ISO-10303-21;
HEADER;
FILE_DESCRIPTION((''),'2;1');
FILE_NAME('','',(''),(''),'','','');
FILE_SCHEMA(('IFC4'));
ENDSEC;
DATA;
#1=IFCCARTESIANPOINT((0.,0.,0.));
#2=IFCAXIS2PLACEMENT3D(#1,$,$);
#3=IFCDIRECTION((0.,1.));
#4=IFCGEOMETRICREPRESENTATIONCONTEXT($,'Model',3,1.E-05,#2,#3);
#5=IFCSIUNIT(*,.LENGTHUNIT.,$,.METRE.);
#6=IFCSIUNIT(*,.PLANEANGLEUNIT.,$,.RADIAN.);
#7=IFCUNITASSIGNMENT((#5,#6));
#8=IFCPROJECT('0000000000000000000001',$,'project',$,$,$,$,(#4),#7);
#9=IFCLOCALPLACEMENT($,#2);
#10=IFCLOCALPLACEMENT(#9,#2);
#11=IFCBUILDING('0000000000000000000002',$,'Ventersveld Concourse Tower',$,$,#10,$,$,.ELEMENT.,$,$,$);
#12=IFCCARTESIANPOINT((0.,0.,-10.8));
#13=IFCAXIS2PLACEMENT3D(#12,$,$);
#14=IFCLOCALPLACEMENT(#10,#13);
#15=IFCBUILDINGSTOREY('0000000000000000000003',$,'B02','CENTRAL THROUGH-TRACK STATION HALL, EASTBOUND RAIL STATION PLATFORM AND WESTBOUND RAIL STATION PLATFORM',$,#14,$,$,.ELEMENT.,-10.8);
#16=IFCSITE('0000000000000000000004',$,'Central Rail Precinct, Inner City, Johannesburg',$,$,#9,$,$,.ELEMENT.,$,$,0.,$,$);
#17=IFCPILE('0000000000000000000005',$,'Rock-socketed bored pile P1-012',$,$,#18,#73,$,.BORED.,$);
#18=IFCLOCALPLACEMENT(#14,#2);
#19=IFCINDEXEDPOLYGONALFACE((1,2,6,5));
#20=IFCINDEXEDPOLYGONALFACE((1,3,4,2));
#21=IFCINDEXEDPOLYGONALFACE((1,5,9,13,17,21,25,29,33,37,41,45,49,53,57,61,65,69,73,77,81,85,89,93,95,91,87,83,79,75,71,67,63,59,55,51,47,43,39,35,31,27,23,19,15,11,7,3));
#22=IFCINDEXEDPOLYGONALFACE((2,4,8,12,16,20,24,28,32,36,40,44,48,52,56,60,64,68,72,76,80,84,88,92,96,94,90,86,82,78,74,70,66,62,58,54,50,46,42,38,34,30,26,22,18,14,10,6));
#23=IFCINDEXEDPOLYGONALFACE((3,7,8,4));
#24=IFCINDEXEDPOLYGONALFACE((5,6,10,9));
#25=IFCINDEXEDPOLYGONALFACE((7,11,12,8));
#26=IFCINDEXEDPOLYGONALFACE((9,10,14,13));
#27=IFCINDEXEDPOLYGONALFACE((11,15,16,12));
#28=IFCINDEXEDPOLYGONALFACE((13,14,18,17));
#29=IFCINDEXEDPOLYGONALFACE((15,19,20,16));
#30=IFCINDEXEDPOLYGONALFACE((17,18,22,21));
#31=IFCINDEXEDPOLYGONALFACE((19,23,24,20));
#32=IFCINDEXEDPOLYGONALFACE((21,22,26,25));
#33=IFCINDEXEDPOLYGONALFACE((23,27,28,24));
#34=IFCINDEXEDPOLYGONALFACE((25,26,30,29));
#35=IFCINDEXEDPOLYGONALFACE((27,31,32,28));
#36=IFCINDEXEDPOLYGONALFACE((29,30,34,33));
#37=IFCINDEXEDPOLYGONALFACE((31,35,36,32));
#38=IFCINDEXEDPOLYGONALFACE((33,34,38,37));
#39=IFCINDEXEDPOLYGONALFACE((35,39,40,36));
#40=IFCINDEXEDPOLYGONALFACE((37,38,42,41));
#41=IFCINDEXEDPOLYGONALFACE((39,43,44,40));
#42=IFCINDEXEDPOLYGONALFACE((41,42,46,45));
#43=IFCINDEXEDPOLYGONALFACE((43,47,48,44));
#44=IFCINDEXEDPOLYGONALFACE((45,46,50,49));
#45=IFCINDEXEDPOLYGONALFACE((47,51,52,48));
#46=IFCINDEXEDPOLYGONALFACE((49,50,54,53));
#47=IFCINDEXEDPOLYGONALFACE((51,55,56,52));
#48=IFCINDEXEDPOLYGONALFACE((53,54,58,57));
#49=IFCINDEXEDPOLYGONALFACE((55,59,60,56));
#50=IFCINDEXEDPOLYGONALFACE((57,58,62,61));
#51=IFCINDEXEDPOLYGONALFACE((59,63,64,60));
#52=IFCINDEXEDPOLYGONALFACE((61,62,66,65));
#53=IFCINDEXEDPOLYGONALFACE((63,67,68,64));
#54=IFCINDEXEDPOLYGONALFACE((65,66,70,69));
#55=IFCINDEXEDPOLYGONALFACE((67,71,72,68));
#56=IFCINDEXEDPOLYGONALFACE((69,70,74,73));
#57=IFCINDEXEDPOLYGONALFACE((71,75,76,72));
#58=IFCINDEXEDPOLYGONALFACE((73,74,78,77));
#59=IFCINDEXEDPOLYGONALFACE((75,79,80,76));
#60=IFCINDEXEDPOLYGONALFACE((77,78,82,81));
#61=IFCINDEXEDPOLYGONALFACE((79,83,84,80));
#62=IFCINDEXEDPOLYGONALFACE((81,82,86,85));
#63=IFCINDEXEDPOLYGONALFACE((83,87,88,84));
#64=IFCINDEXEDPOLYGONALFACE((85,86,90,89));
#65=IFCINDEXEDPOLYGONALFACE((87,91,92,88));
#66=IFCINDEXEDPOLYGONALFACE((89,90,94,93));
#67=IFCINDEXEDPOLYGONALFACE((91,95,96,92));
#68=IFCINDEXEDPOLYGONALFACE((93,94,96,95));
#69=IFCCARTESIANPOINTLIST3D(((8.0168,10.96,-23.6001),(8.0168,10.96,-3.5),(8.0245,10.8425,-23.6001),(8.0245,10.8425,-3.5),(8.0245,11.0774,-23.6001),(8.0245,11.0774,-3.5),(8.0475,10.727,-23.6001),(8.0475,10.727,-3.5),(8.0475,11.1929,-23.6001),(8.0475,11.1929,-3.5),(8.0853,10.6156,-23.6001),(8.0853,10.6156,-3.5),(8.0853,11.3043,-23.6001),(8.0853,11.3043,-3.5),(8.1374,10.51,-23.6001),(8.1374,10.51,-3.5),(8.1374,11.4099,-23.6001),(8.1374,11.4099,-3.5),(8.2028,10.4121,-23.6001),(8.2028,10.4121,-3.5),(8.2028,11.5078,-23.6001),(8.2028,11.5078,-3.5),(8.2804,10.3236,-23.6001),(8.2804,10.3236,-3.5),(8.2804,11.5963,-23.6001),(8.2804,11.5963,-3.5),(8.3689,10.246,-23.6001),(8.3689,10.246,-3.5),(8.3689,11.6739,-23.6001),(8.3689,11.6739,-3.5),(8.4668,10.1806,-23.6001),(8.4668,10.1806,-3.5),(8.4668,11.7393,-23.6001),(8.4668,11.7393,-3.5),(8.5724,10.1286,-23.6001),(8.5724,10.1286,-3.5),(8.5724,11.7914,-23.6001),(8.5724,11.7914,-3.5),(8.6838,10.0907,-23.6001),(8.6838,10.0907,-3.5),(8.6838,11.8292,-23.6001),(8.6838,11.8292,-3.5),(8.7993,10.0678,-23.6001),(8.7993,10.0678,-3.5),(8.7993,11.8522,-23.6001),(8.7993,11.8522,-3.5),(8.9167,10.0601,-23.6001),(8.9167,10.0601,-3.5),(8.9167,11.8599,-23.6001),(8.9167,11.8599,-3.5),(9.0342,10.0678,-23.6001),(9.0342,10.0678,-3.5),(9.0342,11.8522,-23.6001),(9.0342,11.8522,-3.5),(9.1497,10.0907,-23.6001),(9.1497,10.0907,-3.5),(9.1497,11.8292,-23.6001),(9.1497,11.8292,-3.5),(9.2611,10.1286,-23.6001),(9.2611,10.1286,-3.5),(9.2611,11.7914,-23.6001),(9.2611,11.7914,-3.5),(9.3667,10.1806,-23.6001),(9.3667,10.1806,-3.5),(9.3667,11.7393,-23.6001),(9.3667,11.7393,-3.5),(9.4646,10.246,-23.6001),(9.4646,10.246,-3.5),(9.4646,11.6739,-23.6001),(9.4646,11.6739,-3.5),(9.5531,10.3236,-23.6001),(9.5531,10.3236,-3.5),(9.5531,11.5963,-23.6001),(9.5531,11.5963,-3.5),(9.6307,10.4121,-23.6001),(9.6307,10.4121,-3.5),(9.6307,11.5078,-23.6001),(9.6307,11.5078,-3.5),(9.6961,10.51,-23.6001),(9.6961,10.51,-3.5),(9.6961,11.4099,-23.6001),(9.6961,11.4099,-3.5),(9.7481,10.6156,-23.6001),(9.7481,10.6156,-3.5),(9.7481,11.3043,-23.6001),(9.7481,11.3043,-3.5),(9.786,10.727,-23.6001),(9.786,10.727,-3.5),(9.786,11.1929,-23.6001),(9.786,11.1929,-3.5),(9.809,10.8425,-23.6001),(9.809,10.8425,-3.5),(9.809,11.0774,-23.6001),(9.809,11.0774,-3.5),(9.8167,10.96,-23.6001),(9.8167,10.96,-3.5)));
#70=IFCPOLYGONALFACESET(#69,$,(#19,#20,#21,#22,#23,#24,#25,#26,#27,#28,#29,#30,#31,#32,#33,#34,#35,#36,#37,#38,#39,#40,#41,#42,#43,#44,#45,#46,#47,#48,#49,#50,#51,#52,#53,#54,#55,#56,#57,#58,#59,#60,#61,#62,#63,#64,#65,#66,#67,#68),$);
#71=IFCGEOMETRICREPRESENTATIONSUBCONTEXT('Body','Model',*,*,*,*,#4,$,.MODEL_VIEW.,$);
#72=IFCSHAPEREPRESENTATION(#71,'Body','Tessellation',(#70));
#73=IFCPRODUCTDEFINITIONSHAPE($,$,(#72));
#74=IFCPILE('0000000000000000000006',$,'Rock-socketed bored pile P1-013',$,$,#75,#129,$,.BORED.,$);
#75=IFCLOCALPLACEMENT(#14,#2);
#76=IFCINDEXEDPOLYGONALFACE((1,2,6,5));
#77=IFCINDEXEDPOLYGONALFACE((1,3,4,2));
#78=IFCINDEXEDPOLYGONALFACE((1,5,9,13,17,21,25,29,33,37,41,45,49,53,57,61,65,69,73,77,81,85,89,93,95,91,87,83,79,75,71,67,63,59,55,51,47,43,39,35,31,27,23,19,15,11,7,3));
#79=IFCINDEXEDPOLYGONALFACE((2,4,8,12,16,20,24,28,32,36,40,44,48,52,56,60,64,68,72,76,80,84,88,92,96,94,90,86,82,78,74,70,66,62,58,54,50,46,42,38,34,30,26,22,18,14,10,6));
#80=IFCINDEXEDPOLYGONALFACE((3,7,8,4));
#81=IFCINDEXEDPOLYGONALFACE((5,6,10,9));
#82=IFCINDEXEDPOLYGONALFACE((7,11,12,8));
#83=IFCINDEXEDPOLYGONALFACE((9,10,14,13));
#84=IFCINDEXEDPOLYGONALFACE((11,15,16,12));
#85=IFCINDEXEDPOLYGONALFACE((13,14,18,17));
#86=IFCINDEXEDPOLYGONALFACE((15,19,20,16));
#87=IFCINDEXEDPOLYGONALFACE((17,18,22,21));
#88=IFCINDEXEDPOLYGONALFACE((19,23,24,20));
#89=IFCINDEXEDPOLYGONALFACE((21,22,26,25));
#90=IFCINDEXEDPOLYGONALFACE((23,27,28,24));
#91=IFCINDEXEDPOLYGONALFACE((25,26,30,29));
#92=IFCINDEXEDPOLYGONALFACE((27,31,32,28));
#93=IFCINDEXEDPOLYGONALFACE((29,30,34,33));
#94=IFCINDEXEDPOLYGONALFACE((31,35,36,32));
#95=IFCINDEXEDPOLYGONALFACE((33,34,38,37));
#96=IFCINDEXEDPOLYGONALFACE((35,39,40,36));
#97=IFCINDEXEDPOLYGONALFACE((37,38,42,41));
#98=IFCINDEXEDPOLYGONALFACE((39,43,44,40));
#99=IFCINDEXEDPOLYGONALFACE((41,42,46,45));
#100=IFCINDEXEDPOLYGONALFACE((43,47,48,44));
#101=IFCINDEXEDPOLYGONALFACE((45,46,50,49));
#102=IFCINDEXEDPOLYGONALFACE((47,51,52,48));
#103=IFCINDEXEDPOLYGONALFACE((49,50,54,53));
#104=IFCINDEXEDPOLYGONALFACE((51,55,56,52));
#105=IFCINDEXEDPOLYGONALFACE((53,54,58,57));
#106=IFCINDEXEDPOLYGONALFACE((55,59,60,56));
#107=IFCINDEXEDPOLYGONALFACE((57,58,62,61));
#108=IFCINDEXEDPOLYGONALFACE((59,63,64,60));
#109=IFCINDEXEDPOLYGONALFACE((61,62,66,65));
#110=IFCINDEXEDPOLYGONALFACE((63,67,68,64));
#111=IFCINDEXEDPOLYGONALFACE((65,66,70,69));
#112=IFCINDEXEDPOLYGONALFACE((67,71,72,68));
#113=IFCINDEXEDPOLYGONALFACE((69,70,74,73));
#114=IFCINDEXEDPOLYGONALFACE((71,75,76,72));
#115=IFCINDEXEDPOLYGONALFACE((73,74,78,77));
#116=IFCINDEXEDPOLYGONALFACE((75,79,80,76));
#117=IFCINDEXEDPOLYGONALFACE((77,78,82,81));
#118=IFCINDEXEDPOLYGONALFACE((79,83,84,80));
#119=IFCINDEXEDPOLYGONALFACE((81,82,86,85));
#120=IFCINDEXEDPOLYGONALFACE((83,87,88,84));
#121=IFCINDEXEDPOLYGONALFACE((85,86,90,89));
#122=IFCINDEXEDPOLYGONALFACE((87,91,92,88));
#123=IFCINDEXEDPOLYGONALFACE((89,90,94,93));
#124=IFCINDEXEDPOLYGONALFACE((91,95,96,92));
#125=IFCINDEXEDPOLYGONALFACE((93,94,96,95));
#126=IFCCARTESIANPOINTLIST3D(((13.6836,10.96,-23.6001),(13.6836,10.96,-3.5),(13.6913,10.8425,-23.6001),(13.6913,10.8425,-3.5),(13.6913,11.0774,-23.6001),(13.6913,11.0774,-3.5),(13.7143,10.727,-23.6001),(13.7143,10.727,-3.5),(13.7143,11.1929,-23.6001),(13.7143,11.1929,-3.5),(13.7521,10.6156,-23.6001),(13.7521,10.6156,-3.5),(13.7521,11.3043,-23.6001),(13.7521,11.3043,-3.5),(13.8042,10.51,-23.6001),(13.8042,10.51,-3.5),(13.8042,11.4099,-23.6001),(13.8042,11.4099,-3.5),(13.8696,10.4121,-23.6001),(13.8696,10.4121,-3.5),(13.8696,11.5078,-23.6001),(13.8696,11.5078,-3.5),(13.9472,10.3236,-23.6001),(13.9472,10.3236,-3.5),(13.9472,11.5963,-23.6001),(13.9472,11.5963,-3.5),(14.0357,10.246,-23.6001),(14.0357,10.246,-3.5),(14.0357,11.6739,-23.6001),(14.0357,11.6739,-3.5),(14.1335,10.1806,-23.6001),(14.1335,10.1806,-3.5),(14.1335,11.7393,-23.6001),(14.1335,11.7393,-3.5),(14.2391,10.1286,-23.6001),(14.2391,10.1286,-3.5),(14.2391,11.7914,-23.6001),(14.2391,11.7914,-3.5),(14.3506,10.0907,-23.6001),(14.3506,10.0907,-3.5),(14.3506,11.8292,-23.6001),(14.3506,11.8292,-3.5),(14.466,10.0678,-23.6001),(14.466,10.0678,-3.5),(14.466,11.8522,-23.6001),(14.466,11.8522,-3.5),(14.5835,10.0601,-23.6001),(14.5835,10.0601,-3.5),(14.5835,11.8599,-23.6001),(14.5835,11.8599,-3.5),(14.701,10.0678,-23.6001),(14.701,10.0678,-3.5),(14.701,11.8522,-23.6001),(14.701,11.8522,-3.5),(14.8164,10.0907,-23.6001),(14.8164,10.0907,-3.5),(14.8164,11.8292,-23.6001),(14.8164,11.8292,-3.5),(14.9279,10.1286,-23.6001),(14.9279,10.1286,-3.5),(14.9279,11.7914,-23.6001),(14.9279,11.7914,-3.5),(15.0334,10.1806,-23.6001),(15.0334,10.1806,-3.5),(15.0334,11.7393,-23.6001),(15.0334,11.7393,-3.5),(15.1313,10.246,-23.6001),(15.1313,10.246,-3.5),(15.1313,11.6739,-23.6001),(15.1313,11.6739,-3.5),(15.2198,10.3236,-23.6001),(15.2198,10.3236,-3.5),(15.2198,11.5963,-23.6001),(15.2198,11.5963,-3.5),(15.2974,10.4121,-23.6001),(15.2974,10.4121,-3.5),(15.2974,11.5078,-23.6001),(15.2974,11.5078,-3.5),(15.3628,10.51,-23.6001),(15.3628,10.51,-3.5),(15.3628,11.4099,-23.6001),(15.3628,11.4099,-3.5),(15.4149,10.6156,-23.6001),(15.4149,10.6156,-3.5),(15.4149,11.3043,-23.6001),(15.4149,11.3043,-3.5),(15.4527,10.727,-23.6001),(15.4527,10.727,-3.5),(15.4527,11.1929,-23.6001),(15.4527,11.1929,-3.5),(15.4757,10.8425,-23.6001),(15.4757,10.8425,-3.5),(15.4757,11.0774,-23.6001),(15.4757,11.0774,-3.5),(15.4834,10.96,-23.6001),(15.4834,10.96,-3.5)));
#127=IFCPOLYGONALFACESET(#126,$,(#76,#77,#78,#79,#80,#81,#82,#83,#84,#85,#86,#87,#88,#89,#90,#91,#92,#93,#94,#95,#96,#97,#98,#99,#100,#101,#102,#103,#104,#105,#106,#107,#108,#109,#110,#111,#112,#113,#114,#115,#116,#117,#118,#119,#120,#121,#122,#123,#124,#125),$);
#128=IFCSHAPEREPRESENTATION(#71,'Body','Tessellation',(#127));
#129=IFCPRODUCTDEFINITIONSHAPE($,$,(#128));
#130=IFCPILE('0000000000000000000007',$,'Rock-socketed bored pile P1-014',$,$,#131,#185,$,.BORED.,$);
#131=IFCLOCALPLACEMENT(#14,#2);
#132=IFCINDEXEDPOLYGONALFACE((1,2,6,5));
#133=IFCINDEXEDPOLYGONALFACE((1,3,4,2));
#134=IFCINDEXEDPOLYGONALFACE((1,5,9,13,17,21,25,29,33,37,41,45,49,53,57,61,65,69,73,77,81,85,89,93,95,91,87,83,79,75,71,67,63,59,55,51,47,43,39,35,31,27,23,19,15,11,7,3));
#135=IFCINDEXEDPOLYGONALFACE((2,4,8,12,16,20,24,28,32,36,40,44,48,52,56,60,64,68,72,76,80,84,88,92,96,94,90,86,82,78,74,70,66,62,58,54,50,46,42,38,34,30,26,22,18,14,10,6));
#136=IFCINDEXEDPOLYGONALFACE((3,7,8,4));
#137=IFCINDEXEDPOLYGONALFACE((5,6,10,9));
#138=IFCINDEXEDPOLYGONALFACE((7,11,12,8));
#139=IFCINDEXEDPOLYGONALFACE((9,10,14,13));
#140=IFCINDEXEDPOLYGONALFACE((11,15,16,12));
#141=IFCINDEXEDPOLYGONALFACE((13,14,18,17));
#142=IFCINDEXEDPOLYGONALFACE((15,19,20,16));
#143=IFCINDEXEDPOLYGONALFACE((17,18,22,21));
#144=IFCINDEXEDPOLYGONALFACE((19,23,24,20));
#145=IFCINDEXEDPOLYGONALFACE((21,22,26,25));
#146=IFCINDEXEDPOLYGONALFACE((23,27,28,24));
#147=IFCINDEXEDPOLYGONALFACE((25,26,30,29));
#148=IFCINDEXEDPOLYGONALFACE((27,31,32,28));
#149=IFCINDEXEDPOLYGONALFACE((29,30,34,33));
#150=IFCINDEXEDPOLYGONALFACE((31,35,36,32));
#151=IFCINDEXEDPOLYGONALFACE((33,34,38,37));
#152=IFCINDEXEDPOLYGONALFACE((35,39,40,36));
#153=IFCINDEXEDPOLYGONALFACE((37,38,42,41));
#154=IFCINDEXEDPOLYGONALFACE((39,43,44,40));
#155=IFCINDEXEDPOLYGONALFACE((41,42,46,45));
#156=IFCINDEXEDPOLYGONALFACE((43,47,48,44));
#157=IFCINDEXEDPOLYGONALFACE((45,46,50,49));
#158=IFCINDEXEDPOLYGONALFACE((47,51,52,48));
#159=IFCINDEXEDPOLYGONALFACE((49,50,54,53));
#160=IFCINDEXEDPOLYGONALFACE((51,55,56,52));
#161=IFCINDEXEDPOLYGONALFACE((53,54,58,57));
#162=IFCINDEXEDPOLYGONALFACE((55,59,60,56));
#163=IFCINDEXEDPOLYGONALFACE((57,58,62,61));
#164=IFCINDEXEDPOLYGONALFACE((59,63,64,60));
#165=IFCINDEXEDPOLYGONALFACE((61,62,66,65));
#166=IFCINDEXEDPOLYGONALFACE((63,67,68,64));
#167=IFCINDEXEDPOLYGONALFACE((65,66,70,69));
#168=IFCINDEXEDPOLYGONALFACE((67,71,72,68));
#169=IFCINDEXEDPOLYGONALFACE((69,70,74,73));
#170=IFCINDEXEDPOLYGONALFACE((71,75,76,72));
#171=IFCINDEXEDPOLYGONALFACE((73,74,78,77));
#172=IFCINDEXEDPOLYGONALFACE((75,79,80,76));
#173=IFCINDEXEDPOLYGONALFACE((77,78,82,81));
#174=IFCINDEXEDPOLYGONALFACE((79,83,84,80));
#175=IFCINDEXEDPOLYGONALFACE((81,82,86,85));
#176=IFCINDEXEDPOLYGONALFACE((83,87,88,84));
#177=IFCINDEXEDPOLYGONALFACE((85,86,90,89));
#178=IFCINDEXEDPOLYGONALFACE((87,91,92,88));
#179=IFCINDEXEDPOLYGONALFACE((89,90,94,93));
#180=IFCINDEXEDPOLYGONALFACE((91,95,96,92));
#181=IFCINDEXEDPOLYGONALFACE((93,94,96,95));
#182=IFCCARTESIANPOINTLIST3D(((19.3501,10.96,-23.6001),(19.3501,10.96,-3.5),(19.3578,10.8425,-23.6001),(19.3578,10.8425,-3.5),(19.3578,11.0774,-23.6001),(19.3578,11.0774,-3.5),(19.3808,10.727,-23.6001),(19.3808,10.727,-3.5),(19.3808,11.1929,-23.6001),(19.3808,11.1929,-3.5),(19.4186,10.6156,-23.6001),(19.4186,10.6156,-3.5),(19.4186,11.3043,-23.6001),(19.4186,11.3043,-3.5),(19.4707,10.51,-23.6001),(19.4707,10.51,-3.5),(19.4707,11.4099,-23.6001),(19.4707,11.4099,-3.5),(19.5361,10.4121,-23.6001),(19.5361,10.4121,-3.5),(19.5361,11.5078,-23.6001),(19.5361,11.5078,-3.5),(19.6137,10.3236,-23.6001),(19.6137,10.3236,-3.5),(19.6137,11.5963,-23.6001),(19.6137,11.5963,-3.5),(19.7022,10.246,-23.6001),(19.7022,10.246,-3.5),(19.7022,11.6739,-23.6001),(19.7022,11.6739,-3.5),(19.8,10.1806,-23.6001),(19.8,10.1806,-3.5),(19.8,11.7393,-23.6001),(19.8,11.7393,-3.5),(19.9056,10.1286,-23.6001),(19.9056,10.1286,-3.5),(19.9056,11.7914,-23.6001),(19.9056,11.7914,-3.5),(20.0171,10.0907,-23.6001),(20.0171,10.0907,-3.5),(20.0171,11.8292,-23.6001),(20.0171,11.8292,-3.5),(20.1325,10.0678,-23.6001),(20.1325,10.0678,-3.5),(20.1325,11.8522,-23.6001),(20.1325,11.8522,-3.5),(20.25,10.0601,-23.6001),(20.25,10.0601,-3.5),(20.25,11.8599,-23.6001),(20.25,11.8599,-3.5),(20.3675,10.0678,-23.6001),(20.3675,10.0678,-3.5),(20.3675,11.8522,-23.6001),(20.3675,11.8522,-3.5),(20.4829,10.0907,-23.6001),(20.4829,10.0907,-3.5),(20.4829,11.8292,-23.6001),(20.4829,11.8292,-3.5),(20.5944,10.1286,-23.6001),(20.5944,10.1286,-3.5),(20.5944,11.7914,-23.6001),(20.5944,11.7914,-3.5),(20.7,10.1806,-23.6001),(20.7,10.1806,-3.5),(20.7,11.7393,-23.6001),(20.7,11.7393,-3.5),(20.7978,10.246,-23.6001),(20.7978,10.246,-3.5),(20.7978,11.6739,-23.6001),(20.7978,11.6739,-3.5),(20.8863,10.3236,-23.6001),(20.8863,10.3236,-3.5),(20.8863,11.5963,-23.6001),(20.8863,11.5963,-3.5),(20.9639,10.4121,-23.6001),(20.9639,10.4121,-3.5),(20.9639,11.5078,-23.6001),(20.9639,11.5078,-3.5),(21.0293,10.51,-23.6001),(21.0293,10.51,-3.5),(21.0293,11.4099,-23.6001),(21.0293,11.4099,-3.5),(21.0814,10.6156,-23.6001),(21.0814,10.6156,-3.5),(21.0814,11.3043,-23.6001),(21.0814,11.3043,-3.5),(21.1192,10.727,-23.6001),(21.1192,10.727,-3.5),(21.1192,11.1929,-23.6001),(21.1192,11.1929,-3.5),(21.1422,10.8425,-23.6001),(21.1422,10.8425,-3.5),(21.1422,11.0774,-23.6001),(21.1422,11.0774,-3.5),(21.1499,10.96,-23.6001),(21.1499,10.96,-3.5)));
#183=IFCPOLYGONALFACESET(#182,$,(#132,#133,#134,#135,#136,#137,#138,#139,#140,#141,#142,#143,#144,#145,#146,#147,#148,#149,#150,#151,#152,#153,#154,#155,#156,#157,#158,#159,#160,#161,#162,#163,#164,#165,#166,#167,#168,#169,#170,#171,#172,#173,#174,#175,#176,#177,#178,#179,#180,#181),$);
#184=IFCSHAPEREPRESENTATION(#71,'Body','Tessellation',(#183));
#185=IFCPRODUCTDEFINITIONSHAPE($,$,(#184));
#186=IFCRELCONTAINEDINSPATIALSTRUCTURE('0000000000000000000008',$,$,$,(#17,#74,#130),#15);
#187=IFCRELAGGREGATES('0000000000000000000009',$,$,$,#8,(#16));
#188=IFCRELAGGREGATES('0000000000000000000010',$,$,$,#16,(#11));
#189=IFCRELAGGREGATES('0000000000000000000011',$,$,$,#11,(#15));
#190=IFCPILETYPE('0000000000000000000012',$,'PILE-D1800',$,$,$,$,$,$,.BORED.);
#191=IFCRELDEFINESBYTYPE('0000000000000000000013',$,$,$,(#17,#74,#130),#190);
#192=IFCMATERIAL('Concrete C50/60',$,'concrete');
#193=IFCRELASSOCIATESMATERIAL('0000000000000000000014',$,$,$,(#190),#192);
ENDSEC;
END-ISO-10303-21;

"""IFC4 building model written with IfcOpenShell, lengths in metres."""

from ifc_helpers import new_model, si_unit, direction, frame, origin, origin_2d, place, context, subcontext, project, spatial, circle, extrude, material, material_profile, profile_set, type_object, element, save


model = new_model("IFC4")

# Units and contexts
model_context = context("Model", 3, precision=1e-05, world=origin(), true_north=direction((0.0, 1.0)))
body_context = subcontext(model_context, "Body", "Model", "MODEL_VIEW")
ifc_project = project(units=[si_unit("LENGTHUNIT", "METRE"), si_unit("PLANEANGLEUNIT", "RADIAN")], contexts=[model_context])

# Site, building, storey
site_placement = place(None, origin())
site = spatial("IfcSite", under=ifc_project, at=site_placement, Name="Central Rail Precinct, Inner City, Johannesburg", CompositionType="ELEMENT", RefElevation=0.0)
building_placement = place(site_placement, origin())
building = spatial("IfcBuilding", under=site, at=building_placement, Name="Ventersveld Concourse Tower", CompositionType="ELEMENT")
storey_placement = place(building_placement, frame((0.0, 0.0, -10.8)))
storey = spatial("IfcBuildingStorey", under=building, at=storey_placement, Name="B02", Description="CENTRAL THROUGH-TRACK STATION HALL, EASTBOUND RAIL STATION PLATFORM AND WESTBOUND RAIL STATION PLATFORM", CompositionType="ELEMENT", Elevation=-10.8)

# Piles
ifc_material_1 = material(Name="Concrete C50/60", Category="concrete")
ifc_material_profile_1 = material_profile(ifc_material_1, circle(Radius=0.8999, at=origin_2d()), Name="PILE D1800")
ifc_profile_set_1 = profile_set([ifc_material_profile_1], Name="Concrete C50/60")
pile_type = type_object("IfcPileType", Name="PILE-D1800", PredefinedType="BORED", material=ifc_profile_set_1)
for number, where, z_axis, x_axis, name in (
    (1, (8.9167, 10.96, -3.5), (0.0, 0.0, -1.0), (1.0, 0.0, 0.0), "Rock-socketed bored pile P1-012"),
    (2, (14.5835, 10.96, -3.5), (0.0, 0.0, -1.0), (1.0, 0.0, 0.0), "Rock-socketed bored pile P1-013"),
    (3, (20.25, 10.96, -3.5), (0.0, 0.0, -1.0), (1.0, 0.0, 0.0), "Rock-socketed bored pile P1-014"),
):
    element("IfcPile", number, at=place(storey_placement, frame(where, z_axis=z_axis, x_axis=x_axis)), inside=storey, type_object=pile_type, Name=name, PredefinedType="BORED", context=body_context, shape_type="SweptSolid", body=[
        extrude(circle(Radius=0.8999, at=origin_2d()), origin(), (0.0, 0.0, 1.0), 20.1001),
    ])

save(model, "model.ifc")
